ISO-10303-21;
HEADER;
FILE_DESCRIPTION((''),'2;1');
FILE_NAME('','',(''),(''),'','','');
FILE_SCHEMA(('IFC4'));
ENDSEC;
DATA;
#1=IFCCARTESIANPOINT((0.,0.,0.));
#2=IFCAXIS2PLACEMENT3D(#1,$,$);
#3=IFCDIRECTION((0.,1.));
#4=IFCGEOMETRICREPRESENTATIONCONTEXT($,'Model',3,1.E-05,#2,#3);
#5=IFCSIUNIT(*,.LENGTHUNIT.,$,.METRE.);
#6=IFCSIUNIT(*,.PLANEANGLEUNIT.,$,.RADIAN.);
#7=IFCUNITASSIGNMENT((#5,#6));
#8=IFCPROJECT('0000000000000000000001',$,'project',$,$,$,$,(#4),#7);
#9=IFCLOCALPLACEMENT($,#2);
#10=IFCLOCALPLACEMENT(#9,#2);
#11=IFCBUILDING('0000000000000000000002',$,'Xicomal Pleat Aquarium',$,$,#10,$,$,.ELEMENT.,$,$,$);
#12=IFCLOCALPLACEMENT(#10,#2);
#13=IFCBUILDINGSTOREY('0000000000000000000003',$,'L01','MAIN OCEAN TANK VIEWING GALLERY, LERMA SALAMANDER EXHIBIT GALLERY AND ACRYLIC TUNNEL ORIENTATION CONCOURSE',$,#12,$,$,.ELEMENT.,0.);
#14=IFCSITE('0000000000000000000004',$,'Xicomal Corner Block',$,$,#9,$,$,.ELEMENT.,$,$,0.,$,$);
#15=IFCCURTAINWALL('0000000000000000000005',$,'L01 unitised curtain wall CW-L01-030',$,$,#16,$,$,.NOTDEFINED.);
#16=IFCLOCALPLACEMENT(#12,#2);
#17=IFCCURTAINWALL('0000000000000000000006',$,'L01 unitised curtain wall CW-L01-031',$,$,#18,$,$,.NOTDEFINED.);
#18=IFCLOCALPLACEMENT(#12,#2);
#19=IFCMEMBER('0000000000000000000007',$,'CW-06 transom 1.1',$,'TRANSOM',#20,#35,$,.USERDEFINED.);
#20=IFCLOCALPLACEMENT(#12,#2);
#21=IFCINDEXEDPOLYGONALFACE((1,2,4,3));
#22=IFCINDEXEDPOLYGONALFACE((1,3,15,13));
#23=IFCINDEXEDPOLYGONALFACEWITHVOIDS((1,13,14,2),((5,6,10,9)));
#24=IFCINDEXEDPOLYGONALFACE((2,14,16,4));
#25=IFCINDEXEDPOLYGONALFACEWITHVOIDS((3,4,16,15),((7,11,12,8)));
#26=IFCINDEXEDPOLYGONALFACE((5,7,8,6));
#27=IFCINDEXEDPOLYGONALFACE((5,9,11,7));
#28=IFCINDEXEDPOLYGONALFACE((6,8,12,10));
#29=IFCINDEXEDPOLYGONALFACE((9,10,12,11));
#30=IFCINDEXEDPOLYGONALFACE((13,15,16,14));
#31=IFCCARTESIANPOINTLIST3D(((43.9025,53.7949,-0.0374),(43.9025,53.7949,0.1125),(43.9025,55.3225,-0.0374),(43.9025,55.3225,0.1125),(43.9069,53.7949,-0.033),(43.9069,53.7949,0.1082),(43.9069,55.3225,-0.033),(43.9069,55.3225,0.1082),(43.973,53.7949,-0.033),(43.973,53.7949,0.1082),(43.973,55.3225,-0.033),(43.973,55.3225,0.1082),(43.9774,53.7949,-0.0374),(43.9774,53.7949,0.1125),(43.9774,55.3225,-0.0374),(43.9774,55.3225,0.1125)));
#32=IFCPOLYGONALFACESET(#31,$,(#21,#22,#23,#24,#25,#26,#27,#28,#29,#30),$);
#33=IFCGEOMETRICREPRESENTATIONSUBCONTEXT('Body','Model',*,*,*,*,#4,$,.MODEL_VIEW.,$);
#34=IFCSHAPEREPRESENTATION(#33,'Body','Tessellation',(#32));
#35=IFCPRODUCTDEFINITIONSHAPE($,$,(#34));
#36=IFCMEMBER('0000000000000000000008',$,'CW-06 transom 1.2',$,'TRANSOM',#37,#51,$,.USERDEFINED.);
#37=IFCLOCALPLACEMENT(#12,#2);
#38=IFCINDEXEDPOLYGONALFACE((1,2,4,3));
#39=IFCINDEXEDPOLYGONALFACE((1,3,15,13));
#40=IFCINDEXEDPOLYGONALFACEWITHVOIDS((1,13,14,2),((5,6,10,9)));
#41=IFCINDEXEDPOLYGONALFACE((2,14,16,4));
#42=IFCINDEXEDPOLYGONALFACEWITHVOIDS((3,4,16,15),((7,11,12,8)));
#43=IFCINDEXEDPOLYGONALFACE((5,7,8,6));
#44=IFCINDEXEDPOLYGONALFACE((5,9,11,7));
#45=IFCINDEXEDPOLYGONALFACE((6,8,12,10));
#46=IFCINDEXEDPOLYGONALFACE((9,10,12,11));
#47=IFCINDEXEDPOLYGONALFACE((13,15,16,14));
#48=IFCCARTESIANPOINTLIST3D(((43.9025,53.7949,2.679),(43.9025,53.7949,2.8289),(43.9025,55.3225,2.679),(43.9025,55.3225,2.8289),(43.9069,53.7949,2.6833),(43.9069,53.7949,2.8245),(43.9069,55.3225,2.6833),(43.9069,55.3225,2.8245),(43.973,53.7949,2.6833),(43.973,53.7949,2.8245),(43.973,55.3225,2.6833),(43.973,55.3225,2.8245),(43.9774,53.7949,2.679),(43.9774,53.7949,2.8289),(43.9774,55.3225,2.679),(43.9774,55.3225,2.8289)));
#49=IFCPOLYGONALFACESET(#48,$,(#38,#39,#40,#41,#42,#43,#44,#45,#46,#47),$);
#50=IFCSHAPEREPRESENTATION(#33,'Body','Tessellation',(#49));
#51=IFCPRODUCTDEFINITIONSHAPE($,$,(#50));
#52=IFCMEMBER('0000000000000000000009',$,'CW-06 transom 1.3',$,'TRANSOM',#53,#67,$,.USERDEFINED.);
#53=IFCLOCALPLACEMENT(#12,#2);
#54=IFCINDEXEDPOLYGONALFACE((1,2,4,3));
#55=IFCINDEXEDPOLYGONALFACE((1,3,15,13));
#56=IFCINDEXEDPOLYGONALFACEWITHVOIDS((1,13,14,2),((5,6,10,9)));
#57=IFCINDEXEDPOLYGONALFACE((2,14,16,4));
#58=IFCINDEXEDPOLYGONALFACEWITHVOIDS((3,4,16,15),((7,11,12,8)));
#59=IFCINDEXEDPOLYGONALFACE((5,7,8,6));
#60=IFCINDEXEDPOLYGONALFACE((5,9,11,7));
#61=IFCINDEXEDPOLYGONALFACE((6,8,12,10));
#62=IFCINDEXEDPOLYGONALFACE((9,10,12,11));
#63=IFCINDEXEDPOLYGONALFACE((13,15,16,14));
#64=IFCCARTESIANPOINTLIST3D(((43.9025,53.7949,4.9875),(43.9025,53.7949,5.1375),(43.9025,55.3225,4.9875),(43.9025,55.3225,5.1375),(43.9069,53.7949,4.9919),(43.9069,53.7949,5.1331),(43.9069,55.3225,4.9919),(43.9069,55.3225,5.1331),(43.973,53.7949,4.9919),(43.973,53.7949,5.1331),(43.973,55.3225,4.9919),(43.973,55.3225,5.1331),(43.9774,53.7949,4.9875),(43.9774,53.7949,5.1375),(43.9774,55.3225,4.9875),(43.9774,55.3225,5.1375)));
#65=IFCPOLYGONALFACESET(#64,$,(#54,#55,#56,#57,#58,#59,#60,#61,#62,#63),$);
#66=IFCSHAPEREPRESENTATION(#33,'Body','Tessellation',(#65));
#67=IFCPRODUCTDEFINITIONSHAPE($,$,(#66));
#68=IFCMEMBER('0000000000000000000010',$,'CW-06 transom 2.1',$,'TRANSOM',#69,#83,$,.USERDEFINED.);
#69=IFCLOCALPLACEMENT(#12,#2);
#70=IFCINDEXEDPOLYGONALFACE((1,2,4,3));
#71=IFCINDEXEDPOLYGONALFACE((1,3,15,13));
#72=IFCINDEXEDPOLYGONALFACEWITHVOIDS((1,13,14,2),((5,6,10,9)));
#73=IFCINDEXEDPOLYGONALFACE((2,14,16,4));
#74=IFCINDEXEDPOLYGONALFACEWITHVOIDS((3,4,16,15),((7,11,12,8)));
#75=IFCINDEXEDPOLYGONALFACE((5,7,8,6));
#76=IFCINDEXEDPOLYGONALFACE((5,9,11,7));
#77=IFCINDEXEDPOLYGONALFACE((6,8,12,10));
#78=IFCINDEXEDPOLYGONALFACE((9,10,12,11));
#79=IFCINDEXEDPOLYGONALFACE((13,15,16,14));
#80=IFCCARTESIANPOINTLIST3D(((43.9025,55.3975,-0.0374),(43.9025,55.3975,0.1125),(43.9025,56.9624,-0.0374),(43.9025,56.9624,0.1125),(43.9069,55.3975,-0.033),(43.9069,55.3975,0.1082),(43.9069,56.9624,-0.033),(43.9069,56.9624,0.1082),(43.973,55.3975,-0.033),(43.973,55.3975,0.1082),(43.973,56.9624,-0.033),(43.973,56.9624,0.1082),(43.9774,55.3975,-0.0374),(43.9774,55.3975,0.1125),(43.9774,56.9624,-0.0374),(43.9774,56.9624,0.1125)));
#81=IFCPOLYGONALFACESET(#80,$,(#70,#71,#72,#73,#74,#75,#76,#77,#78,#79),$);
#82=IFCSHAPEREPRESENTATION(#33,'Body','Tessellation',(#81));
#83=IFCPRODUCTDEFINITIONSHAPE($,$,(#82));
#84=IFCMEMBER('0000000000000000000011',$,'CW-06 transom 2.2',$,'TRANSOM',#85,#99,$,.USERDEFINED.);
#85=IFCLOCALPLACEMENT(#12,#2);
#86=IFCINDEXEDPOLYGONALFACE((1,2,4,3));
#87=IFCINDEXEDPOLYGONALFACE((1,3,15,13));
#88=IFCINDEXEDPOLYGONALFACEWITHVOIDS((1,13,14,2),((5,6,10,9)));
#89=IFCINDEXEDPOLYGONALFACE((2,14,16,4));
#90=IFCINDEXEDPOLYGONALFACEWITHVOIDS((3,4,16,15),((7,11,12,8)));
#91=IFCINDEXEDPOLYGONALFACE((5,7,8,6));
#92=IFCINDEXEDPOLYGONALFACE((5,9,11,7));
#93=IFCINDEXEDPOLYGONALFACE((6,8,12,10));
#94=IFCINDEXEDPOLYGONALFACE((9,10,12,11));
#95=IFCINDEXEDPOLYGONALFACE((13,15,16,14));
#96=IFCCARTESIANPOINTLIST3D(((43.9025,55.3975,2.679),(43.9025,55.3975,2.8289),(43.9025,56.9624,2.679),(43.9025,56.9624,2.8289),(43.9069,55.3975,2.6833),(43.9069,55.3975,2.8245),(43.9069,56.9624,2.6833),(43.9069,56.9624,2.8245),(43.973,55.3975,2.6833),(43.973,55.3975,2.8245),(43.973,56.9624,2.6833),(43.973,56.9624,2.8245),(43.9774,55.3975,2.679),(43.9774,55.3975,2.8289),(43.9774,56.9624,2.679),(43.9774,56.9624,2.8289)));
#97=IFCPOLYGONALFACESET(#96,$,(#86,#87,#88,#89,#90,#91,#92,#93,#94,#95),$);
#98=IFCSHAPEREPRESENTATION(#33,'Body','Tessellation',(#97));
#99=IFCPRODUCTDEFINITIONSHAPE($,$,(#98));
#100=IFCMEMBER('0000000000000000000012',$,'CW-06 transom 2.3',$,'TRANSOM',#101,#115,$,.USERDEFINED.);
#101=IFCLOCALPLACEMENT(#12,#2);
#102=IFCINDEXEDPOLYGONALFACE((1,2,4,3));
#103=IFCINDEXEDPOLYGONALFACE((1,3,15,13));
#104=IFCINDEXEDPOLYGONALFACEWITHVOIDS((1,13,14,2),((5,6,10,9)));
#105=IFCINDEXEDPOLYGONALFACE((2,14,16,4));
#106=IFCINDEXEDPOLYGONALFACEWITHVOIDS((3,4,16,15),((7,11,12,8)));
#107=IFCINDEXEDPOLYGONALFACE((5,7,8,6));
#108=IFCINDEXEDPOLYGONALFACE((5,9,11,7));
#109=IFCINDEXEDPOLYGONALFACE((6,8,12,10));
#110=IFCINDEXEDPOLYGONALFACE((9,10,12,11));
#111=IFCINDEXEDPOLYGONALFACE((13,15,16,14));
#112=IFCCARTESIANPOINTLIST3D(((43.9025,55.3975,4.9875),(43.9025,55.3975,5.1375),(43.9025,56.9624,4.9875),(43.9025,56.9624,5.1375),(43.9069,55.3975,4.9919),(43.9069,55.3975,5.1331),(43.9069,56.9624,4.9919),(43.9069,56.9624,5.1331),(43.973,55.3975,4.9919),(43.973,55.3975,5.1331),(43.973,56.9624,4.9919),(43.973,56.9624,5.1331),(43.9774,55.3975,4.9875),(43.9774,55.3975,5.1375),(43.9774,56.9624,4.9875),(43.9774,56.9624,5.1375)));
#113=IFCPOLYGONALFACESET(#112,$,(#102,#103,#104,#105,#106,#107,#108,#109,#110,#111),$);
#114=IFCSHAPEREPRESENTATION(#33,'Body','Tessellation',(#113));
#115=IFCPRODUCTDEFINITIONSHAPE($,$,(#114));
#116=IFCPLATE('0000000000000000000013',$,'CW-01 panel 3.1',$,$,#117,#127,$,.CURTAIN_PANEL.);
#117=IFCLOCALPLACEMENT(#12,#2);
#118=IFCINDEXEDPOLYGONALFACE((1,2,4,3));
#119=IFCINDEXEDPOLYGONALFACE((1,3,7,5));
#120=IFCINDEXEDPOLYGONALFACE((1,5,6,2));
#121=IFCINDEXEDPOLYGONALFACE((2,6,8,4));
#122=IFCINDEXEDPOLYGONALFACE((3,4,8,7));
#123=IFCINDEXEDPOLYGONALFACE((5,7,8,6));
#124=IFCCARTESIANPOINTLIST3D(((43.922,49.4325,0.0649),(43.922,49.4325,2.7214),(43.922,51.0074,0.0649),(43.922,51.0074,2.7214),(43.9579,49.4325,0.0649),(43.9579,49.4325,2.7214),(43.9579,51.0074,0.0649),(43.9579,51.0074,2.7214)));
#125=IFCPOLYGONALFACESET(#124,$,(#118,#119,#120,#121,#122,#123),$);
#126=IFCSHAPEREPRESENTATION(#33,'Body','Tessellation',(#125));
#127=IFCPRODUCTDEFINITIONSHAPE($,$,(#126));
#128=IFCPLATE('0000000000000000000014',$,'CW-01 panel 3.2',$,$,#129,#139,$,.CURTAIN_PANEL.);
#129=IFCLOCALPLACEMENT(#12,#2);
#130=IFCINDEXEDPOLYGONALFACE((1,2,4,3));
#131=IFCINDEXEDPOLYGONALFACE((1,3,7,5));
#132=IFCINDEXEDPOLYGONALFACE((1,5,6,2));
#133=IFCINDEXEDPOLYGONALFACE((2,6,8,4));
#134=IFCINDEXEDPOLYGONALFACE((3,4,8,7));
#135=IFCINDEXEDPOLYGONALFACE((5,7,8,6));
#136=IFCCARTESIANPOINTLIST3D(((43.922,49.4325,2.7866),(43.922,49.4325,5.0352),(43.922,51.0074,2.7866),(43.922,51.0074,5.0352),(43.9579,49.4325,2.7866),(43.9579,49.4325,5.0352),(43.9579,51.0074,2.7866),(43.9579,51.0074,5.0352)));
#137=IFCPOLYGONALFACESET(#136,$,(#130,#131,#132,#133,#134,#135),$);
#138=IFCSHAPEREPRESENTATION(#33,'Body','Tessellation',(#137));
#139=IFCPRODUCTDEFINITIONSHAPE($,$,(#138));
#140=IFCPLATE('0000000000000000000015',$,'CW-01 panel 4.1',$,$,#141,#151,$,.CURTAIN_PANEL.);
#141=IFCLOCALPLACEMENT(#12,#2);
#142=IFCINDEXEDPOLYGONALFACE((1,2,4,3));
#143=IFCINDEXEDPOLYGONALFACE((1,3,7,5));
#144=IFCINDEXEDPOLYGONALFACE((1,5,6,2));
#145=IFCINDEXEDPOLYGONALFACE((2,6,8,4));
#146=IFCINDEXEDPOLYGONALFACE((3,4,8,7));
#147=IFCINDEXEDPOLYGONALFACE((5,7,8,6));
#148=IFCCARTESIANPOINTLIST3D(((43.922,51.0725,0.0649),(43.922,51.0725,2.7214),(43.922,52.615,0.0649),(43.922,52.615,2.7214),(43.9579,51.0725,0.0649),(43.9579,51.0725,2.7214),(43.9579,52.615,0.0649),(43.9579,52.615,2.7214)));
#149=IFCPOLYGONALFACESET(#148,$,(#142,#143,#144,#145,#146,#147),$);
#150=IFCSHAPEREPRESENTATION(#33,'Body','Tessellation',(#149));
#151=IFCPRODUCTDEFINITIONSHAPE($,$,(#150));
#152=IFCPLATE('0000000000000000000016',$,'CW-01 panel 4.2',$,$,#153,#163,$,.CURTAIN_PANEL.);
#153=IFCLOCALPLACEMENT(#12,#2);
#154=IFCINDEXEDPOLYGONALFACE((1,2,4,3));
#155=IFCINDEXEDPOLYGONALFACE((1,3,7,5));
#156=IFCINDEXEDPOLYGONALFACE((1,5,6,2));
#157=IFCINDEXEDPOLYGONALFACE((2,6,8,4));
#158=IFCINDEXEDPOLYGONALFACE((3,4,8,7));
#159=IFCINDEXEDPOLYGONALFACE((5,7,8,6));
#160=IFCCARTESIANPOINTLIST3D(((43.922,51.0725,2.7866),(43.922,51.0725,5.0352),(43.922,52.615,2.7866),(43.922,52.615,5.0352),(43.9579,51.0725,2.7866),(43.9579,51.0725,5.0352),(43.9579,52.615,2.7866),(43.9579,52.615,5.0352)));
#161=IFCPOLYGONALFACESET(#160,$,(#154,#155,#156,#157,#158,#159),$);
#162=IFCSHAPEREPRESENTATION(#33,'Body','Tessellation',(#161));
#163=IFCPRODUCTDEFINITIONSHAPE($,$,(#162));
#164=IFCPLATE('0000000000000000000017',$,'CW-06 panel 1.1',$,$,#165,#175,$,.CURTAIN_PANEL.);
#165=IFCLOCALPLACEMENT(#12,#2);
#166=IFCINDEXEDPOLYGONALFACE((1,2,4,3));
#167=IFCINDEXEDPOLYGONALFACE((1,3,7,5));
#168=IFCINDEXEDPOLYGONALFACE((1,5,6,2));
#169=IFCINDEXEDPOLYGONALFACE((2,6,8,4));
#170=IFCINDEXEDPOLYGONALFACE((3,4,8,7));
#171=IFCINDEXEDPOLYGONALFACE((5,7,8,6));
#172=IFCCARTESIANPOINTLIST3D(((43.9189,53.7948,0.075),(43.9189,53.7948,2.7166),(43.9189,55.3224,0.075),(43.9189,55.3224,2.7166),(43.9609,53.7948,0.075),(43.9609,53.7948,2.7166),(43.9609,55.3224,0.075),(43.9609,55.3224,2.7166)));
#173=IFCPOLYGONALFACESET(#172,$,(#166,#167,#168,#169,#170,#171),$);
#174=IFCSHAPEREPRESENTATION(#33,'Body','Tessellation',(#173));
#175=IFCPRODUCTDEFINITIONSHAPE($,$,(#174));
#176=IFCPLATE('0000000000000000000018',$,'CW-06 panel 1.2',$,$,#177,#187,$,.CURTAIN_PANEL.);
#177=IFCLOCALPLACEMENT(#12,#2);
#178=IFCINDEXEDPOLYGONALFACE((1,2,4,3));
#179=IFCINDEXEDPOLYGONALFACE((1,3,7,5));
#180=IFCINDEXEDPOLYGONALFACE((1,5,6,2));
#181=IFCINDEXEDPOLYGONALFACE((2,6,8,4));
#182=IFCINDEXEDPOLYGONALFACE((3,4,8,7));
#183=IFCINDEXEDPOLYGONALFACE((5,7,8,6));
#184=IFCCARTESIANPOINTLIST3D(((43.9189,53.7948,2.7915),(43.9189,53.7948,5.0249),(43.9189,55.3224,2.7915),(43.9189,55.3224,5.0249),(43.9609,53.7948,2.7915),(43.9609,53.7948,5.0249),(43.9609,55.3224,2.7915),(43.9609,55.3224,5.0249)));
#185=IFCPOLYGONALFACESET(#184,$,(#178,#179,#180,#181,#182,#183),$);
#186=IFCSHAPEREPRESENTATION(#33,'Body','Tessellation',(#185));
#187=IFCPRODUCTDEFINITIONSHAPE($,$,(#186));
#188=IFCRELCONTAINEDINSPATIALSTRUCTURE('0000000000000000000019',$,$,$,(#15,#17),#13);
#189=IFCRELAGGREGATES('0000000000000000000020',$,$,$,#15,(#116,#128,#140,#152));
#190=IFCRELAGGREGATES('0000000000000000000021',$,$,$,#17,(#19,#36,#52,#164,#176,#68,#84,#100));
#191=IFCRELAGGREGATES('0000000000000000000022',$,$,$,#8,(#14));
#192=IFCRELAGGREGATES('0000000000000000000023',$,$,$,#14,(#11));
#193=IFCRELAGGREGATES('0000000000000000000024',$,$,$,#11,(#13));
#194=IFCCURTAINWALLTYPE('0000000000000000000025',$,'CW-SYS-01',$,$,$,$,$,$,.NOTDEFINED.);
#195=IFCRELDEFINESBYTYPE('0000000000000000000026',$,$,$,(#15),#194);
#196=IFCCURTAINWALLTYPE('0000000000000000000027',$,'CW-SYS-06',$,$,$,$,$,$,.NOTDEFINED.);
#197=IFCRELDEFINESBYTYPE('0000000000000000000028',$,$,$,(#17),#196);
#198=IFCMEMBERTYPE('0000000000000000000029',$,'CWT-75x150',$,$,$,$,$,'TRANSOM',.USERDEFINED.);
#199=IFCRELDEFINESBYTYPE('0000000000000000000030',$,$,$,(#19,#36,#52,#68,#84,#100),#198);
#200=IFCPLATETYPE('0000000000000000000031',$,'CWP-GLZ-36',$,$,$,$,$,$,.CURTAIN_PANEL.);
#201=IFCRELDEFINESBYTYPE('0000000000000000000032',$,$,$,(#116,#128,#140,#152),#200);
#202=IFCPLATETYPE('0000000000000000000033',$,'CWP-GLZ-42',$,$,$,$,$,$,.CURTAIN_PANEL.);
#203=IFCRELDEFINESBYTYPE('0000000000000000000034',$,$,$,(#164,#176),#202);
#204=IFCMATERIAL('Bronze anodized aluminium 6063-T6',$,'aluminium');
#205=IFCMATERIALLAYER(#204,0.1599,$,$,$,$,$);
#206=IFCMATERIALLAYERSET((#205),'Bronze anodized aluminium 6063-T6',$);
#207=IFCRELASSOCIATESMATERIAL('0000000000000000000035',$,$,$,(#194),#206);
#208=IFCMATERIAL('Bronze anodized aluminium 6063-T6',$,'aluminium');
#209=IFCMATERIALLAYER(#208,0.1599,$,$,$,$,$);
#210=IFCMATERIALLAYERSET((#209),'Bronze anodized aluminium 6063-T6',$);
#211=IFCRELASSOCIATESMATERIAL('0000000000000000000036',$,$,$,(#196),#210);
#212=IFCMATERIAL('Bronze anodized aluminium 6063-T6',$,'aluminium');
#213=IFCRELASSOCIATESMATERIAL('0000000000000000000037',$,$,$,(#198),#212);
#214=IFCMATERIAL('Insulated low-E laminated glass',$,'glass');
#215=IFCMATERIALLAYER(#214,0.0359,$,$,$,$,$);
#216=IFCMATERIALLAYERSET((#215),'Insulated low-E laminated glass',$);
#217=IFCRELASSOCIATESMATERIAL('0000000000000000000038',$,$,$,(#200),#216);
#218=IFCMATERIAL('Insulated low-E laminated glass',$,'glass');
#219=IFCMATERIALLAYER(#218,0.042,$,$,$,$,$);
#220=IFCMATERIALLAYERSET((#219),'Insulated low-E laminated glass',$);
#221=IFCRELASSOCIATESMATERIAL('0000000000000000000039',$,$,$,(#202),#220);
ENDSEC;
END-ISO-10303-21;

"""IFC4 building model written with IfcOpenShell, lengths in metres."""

from ifc_helpers import new_model, si_unit, direction, frame, origin, origin_2d, place, context, subcontext, project, spatial, rectangle, hollow_rectangle, extrude, material, layer, layer_set, material_profile, profile_set, type_object, element, aggregate, save


model = new_model("IFC4")

# Units and contexts
model_context = context("Model", 3, precision=1e-05, world=origin(), true_north=direction((0.0, 1.0)))
body_context = subcontext(model_context, "Body", "Model", "MODEL_VIEW")
ifc_project = project(units=[si_unit("LENGTHUNIT", "METRE"), si_unit("PLANEANGLEUNIT", "RADIAN")], contexts=[model_context])

# Site, building, storey
site_placement = place(None, origin())
site = spatial("IfcSite", under=ifc_project, at=site_placement, Name="Xicomal Corner Block", CompositionType="ELEMENT", RefElevation=0.0)
building_placement = place(site_placement, origin())
building = spatial("IfcBuilding", under=site, at=building_placement, Name="Xicomal Pleat Aquarium", CompositionType="ELEMENT")
storey_placement = place(building_placement, origin())
storey = spatial("IfcBuildingStorey", under=building, at=storey_placement, Name="L01", Description="MAIN OCEAN TANK VIEWING GALLERY, LERMA SALAMANDER EXHIBIT GALLERY AND ACRYLIC TUNNEL ORIENTATION CONCOURSE", CompositionType="ELEMENT", Elevation=0.0)

# Curtain walls
ifc_material_1 = material(Name="Bronze anodized aluminium 6063-T6", Category="aluminium")
ifc_layer_1 = layer(ifc_material_1, 0.1599)
ifc_layer_set_1 = layer_set([ifc_layer_1], Name="Bronze anodized aluminium 6063-T6")
curtain_wall_type_1 = type_object("IfcCurtainWallType", Name="CW-SYS-01", PredefinedType="NOTDEFINED", material=ifc_layer_set_1)
curtain_wall_1_placement = place(storey_placement, origin())
curtain_wall_1 = element("IfcCurtainWall", 1, at=curtain_wall_1_placement, inside=storey, type_object=curtain_wall_type_1, Name="L01 unitised curtain wall CW-L01-030", PredefinedType="NOTDEFINED")
ifc_material_2 = material(Name="Bronze anodized aluminium 6063-T6", Category="aluminium")
ifc_layer_2 = layer(ifc_material_2, 0.1599)
ifc_layer_set_2 = layer_set([ifc_layer_2], Name="Bronze anodized aluminium 6063-T6")
curtain_wall_type_2 = type_object("IfcCurtainWallType", Name="CW-SYS-06", PredefinedType="NOTDEFINED", material=ifc_layer_set_2)
curtain_wall_2_placement = place(storey_placement, origin())
curtain_wall_2 = element("IfcCurtainWall", 2, at=curtain_wall_2_placement, inside=storey, type_object=curtain_wall_type_2, Name="L01 unitised curtain wall CW-L01-031", PredefinedType="NOTDEFINED")

# Members
ifc_material_3 = material(Name="Bronze anodized aluminium 6063-T6", Category="aluminium")
ifc_material_profile_1 = material_profile(ifc_material_3, hollow_rectangle(XDim=0.075, YDim=0.1499, WallThickness=0.0044, at=origin_2d()), Name="ALU TRAN 75x150")
ifc_profile_set_1 = profile_set([ifc_material_profile_1], Name="Bronze anodized aluminium 6063-T6")
member_type_1 = type_object("IfcMemberType", Name="CWT-75x150", ElementType="TRANSOM", PredefinedType="USERDEFINED", material=ifc_profile_set_1)
member_1_placement = place(storey_placement, frame((43.9399, 53.7949, 0.0376), z_axis=(0.0, 1.0, 0.0), x_axis=(-1.0, 0.0, 0.0)))
member_1 = element("IfcMember", 3, at=member_1_placement, type_object=member_type_1, Name="CW-06 transom 1.1", ObjectType="TRANSOM", PredefinedType="USERDEFINED", context=body_context, shape_type="SweptSolid", body=[
    extrude(hollow_rectangle(XDim=0.075, YDim=0.1499, WallThickness=0.0044, at=origin_2d()), origin(), (0.0, 0.0, 1.0), 1.5276),
])
member_2_placement = place(storey_placement, frame((43.9399, 53.7949, 2.7539), z_axis=(0.0, 1.0, 0.0), x_axis=(-1.0, 0.0, 0.0)))
member_2 = element("IfcMember", 4, at=member_2_placement, type_object=member_type_1, Name="CW-06 transom 1.2", ObjectType="TRANSOM", PredefinedType="USERDEFINED", context=body_context, shape_type="SweptSolid", body=[
    extrude(hollow_rectangle(XDim=0.075, YDim=0.1499, WallThickness=0.0044, at=origin_2d()), origin(), (0.0, 0.0, 1.0), 1.5276),
])
member_3_placement = place(storey_placement, frame((43.9399, 53.7949, 5.0625), z_axis=(0.0, 1.0, 0.0), x_axis=(-1.0, 0.0, 0.0)))
member_3 = element("IfcMember", 5, at=member_3_placement, type_object=member_type_1, Name="CW-06 transom 1.3", ObjectType="TRANSOM", PredefinedType="USERDEFINED", context=body_context, shape_type="SweptSolid", body=[
    extrude(hollow_rectangle(XDim=0.075, YDim=0.1499, WallThickness=0.0044, at=origin_2d()), origin(), (0.0, 0.0, 1.0), 1.5276),
])
member_4_placement = place(storey_placement, frame((43.9399, 55.3975, 0.0376), z_axis=(0.0, 1.0, 0.0), x_axis=(-1.0, 0.0, 0.0)))
member_4 = element("IfcMember", 6, at=member_4_placement, type_object=member_type_1, Name="CW-06 transom 2.1", ObjectType="TRANSOM", PredefinedType="USERDEFINED", context=body_context, shape_type="SweptSolid", body=[
    extrude(hollow_rectangle(XDim=0.075, YDim=0.1499, WallThickness=0.0044, at=origin_2d()), origin(), (0.0, 0.0, 1.0), 1.5649),
])
member_5_placement = place(storey_placement, frame((43.9399, 55.3975, 2.7539), z_axis=(0.0, 1.0, 0.0), x_axis=(-1.0, 0.0, 0.0)))
member_5 = element("IfcMember", 7, at=member_5_placement, type_object=member_type_1, Name="CW-06 transom 2.2", ObjectType="TRANSOM", PredefinedType="USERDEFINED", context=body_context, shape_type="SweptSolid", body=[
    extrude(hollow_rectangle(XDim=0.075, YDim=0.1499, WallThickness=0.0044, at=origin_2d()), origin(), (0.0, 0.0, 1.0), 1.5649),
])
member_6_placement = place(storey_placement, frame((43.9399, 55.3975, 5.0625), z_axis=(0.0, 1.0, 0.0), x_axis=(-1.0, 0.0, 0.0)))
member_6 = element("IfcMember", 8, at=member_6_placement, type_object=member_type_1, Name="CW-06 transom 2.3", ObjectType="TRANSOM", PredefinedType="USERDEFINED", context=body_context, shape_type="SweptSolid", body=[
    extrude(hollow_rectangle(XDim=0.075, YDim=0.1499, WallThickness=0.0044, at=origin_2d()), origin(), (0.0, 0.0, 1.0), 1.5649),
])

# Plates
ifc_material_4 = material(Name="Insulated low-E laminated glass", Category="glass")
ifc_layer_3 = layer(ifc_material_4, 0.0359)
ifc_layer_set_3 = layer_set([ifc_layer_3], Name="Insulated low-E laminated glass")
plate_type_1 = type_object("IfcPlateType", Name="CWP-GLZ-36", PredefinedType="CURTAIN_PANEL", material=ifc_layer_set_3)
plate_1_placement = place(storey_placement, frame((43.9399, 50.22, 0.0649), z_axis=(0.0, 0.0, 1.0), x_axis=(0.0, 1.0, 0.0)))
plate_1 = element("IfcPlate", 9, at=plate_1_placement, type_object=plate_type_1, Name="CW-01 panel 3.1", PredefinedType="CURTAIN_PANEL", context=body_context, shape_type="SweptSolid", body=[
    extrude(rectangle(XDim=1.575, YDim=0.0359, at=origin_2d()), origin(), (0.0, 0.0, 1.0), 2.6565),
])
plate_2_placement = place(storey_placement, frame((43.9399, 50.22, 2.7866), z_axis=(0.0, 0.0, 1.0), x_axis=(0.0, 1.0, 0.0)))
plate_2 = element("IfcPlate", 10, at=plate_2_placement, type_object=plate_type_1, Name="CW-01 panel 3.2", PredefinedType="CURTAIN_PANEL", context=body_context, shape_type="SweptSolid", body=[
    extrude(rectangle(XDim=1.575, YDim=0.0359, at=origin_2d()), origin(), (0.0, 0.0, 1.0), 2.2485),
])
plate_3_placement = place(storey_placement, frame((43.9399, 51.8438, 0.0649), z_axis=(0.0, 0.0, 1.0), x_axis=(0.0, 1.0, 0.0)))
plate_3 = element("IfcPlate", 11, at=plate_3_placement, type_object=plate_type_1, Name="CW-01 panel 4.1", PredefinedType="CURTAIN_PANEL", context=body_context, shape_type="SweptSolid", body=[
    extrude(rectangle(XDim=1.5425, YDim=0.0359, at=origin_2d()), origin(), (0.0, 0.0, 1.0), 2.6565),
])
plate_4_placement = place(storey_placement, frame((43.9399, 51.8438, 2.7866), z_axis=(0.0, 0.0, 1.0), x_axis=(0.0, 1.0, 0.0)))
plate_4 = element("IfcPlate", 12, at=plate_4_placement, type_object=plate_type_1, Name="CW-01 panel 4.2", PredefinedType="CURTAIN_PANEL", context=body_context, shape_type="SweptSolid", body=[
    extrude(rectangle(XDim=1.5425, YDim=0.0359, at=origin_2d()), origin(), (0.0, 0.0, 1.0), 2.2485),
])
aggregate(curtain_wall_1, [plate_1, plate_2, plate_3, plate_4])
ifc_material_5 = material(Name="Insulated low-E laminated glass", Category="glass")
ifc_layer_4 = layer(ifc_material_5, 0.042)
ifc_layer_set_4 = layer_set([ifc_layer_4], Name="Insulated low-E laminated glass")
plate_type_2 = type_object("IfcPlateType", Name="CWP-GLZ-42", PredefinedType="CURTAIN_PANEL", material=ifc_layer_set_4)
plate_5_placement = place(storey_placement, frame((43.9399, 54.5586, 0.075), z_axis=(0.0, 0.0, 1.0), x_axis=(0.0, 1.0, 0.0)))
plate_5 = element("IfcPlate", 13, at=plate_5_placement, type_object=plate_type_2, Name="CW-06 panel 1.1", PredefinedType="CURTAIN_PANEL", context=body_context, shape_type="SweptSolid", body=[
    extrude(rectangle(XDim=1.5276, YDim=0.042, at=origin_2d()), origin(), (0.0, 0.0, 1.0), 2.6416),
])
plate_6_placement = place(storey_placement, frame((43.9399, 54.5586, 2.7915), z_axis=(0.0, 0.0, 1.0), x_axis=(0.0, 1.0, 0.0)))
plate_6 = element("IfcPlate", 14, at=plate_6_placement, type_object=plate_type_2, Name="CW-06 panel 1.2", PredefinedType="CURTAIN_PANEL", context=body_context, shape_type="SweptSolid", body=[
    extrude(rectangle(XDim=1.5276, YDim=0.042, at=origin_2d()), origin(), (0.0, 0.0, 1.0), 2.2334),
])
aggregate(curtain_wall_2, [member_1, member_2, member_3, plate_5, plate_6, member_4, member_5, member_6])

save(model, "model.ifc")
